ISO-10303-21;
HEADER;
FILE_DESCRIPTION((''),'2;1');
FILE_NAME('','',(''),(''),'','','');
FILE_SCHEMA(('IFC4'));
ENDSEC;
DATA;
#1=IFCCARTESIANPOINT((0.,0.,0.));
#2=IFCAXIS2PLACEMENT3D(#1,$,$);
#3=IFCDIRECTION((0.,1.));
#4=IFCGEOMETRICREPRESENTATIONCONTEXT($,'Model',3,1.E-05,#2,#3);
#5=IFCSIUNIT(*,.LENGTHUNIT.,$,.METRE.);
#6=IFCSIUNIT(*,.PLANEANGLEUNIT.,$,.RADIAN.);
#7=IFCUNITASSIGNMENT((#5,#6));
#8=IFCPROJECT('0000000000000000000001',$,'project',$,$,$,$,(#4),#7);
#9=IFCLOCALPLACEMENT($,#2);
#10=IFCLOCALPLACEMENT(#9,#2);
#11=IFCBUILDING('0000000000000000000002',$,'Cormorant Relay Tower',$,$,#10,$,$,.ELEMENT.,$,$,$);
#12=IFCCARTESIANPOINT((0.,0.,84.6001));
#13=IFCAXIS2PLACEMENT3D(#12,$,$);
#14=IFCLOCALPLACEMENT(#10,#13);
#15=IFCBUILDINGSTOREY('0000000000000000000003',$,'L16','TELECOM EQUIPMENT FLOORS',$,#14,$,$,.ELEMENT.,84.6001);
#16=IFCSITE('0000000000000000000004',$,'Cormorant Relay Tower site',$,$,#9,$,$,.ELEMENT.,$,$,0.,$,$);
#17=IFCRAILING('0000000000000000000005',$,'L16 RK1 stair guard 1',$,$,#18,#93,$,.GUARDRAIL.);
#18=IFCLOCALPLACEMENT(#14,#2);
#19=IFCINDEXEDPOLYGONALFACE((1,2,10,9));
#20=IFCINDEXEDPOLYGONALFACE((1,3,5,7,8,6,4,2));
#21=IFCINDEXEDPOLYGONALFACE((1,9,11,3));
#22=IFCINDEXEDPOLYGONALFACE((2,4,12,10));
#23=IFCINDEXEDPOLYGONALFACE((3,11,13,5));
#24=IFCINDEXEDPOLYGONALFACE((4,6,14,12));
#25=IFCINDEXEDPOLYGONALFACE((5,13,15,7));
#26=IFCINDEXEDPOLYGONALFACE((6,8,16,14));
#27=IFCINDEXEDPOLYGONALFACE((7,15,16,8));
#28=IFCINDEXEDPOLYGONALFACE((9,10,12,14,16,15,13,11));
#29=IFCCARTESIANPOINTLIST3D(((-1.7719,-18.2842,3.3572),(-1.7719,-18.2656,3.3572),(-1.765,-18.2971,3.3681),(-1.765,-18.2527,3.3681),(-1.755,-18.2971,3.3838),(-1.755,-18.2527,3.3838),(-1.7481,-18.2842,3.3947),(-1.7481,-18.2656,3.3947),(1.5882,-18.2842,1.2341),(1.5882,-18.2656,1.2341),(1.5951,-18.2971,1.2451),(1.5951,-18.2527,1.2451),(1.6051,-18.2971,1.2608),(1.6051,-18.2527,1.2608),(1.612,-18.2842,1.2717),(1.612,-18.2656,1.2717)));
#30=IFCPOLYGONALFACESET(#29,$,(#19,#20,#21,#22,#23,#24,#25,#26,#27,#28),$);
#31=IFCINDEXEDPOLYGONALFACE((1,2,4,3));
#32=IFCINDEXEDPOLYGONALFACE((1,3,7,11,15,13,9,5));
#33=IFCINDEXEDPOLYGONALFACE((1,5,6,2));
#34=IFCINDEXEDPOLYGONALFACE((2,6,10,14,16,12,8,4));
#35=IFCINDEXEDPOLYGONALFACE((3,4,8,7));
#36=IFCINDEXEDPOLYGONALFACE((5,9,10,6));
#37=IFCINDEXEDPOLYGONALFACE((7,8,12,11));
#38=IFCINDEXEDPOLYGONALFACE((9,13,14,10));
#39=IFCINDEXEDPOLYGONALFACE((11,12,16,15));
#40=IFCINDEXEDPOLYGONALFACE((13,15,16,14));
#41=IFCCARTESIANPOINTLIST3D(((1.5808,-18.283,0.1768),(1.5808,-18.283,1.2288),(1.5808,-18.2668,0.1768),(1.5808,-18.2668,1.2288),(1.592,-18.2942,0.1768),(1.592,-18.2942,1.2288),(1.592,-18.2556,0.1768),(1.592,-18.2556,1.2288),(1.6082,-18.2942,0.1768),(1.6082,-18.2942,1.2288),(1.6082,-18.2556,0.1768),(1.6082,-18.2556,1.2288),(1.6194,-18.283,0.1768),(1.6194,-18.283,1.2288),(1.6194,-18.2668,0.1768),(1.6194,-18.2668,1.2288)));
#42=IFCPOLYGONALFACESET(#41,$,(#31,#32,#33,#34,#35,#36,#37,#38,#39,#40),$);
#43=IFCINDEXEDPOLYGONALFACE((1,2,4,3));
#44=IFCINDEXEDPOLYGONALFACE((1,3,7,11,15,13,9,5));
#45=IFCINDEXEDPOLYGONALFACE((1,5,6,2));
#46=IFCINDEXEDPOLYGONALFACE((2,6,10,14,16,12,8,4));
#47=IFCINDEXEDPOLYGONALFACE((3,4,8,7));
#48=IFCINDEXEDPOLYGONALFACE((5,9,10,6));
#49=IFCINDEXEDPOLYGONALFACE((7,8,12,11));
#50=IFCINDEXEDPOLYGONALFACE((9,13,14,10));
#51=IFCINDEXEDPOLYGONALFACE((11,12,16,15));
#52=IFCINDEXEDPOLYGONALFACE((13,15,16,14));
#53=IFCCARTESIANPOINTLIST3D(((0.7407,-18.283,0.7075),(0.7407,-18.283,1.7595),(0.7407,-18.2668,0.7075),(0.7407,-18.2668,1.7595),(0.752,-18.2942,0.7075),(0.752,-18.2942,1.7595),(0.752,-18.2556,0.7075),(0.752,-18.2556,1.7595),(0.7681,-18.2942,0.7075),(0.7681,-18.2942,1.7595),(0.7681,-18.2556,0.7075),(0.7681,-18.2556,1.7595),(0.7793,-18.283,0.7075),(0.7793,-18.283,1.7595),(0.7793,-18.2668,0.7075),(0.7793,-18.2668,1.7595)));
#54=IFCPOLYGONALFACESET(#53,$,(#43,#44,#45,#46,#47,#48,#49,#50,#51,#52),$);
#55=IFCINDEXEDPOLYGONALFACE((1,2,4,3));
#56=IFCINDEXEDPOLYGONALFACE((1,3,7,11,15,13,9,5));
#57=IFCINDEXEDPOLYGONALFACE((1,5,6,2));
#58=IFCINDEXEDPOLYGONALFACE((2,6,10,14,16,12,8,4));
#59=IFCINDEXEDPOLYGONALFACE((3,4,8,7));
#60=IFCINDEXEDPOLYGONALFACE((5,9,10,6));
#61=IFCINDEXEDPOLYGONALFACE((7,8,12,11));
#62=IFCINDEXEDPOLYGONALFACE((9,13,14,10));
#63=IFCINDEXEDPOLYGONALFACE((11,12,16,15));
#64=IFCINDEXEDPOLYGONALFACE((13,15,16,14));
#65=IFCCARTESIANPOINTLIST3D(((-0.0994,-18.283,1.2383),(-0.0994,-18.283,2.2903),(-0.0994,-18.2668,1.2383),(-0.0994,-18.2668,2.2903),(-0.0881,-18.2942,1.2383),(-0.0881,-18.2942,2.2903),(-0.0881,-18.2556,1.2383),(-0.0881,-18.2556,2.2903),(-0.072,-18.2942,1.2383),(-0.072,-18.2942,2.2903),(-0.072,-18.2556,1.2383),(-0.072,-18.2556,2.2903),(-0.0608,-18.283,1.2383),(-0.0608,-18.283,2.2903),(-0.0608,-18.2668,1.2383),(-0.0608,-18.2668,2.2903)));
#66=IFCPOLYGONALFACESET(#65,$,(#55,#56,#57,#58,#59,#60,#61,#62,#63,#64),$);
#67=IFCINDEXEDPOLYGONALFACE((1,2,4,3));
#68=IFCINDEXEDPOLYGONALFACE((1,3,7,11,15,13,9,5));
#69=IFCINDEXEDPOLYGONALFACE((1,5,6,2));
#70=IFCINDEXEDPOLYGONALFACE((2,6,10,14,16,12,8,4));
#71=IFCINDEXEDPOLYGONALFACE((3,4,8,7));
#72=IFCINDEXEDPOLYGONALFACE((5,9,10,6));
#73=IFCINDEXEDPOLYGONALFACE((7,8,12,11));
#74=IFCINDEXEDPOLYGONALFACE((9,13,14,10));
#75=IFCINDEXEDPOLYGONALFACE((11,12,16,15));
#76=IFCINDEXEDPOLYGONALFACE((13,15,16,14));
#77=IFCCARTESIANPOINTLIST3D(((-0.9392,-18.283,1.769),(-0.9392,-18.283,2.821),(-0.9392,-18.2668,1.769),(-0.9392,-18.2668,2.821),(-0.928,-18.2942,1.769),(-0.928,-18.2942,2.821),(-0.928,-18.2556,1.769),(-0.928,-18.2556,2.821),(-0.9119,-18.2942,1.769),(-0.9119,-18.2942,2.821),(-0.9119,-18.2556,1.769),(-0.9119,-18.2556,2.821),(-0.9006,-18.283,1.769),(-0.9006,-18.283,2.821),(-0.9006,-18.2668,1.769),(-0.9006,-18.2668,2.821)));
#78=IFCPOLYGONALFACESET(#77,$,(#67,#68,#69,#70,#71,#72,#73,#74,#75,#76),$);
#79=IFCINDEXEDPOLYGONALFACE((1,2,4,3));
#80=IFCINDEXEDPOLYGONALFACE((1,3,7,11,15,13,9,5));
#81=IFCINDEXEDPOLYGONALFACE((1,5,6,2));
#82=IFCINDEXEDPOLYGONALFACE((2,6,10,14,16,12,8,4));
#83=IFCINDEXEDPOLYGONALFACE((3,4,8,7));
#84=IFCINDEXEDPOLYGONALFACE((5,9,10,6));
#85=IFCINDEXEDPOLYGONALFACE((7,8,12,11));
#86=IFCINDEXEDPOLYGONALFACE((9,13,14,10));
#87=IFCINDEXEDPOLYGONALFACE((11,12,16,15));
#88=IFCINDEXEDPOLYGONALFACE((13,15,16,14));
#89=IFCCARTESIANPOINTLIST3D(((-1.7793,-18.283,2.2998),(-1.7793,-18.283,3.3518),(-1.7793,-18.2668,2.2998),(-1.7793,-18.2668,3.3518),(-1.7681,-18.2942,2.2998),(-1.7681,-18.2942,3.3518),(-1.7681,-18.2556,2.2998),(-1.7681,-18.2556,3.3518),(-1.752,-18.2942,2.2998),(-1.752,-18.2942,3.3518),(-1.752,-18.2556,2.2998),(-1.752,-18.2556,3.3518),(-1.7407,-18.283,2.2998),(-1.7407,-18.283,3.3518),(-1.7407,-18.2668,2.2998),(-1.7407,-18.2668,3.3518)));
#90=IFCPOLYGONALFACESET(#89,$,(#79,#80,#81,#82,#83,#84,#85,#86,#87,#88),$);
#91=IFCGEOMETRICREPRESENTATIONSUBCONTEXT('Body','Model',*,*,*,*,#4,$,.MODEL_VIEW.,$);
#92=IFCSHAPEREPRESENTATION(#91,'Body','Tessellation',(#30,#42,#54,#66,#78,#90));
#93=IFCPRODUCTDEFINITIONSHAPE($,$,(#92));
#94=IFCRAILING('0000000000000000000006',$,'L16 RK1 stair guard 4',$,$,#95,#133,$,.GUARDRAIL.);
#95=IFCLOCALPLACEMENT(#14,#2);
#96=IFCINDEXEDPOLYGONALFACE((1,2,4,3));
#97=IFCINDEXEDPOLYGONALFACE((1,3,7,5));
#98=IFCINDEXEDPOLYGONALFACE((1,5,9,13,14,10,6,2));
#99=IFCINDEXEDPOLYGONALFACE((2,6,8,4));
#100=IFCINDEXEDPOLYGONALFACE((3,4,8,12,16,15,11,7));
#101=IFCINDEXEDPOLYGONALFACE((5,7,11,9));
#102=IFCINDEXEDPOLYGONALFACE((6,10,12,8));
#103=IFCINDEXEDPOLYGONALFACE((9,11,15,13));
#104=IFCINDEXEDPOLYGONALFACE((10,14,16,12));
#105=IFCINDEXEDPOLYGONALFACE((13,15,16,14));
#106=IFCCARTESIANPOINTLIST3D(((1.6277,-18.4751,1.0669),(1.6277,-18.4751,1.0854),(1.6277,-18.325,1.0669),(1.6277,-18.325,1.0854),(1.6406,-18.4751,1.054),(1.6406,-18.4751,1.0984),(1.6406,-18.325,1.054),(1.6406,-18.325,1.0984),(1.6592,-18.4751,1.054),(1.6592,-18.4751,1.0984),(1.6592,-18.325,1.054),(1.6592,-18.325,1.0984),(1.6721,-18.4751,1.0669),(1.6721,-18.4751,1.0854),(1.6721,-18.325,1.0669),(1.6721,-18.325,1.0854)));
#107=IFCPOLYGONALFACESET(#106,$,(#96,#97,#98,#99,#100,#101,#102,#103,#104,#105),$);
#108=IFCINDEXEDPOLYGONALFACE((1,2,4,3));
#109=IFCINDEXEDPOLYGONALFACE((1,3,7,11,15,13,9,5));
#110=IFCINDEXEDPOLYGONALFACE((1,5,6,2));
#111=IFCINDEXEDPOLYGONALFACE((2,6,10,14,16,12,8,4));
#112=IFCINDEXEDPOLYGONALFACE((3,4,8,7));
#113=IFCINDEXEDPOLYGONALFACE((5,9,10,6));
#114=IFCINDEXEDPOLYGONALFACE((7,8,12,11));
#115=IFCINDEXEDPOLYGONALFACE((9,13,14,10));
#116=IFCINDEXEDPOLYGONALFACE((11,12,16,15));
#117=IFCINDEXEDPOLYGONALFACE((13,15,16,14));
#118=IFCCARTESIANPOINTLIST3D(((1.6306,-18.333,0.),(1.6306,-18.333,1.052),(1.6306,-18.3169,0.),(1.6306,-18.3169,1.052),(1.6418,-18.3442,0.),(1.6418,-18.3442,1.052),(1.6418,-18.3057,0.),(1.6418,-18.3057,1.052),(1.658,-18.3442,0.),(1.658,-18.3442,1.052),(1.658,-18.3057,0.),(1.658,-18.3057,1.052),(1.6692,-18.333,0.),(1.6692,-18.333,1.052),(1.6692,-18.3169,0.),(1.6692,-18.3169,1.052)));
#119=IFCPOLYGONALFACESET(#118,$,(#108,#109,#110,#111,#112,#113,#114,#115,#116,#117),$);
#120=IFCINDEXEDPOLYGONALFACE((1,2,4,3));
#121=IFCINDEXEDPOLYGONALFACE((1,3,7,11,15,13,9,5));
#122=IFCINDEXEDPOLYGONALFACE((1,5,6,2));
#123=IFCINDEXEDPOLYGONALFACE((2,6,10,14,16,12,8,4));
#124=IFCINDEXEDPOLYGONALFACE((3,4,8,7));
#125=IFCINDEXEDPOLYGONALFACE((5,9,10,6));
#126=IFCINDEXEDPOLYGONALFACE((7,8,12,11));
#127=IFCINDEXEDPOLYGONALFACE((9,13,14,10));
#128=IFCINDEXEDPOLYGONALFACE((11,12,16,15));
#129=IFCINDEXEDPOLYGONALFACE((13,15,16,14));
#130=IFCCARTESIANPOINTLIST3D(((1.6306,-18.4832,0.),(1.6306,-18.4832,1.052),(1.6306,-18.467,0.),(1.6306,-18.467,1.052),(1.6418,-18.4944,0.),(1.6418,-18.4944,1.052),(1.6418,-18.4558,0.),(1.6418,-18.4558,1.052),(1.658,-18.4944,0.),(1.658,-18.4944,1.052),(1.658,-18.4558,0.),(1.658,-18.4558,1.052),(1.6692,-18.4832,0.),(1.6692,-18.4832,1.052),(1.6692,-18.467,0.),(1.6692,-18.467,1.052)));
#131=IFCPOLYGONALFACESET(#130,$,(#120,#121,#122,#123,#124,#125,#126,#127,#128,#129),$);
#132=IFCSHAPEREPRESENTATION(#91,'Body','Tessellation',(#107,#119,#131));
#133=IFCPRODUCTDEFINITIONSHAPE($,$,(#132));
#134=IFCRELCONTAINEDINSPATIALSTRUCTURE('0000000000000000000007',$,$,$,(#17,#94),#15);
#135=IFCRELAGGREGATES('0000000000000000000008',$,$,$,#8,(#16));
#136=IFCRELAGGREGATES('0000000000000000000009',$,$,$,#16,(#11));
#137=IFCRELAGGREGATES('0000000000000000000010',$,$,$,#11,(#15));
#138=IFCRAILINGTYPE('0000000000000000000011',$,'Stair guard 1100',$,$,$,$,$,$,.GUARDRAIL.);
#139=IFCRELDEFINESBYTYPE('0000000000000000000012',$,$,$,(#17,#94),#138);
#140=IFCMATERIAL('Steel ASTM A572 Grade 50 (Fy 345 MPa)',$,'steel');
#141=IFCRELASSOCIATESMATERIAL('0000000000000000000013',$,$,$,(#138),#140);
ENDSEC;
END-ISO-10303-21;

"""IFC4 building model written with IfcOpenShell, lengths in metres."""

from ifc_helpers import new_model, si_unit, direction, frame, origin, place, context, subcontext, project, spatial, polyline, outline, extrude, material, type_object, element, save


model = new_model("IFC4")

# Units and contexts
model_context = context("Model", 3, precision=1e-05, world=origin(), true_north=direction((0.0, 1.0)))
body_context = subcontext(model_context, "Body", "Model", "MODEL_VIEW")
ifc_project = project(units=[si_unit("LENGTHUNIT", "METRE"), si_unit("PLANEANGLEUNIT", "RADIAN")], contexts=[model_context])

# Site, building, storey
site_placement = place(None, origin())
site = spatial("IfcSite", under=ifc_project, at=site_placement, Name="Cormorant Relay Tower site", CompositionType="ELEMENT", RefElevation=0.0)
building_placement = place(site_placement, origin())
building = spatial("IfcBuilding", under=site, at=building_placement, Name="Cormorant Relay Tower", CompositionType="ELEMENT")
storey_placement = place(building_placement, frame((0.0, 0.0, 84.6001)))
storey = spatial("IfcBuildingStorey", under=building, at=storey_placement, Name="L16", Description="TELECOM EQUIPMENT FLOORS", CompositionType="ELEMENT", Elevation=84.6001)

# Railings
ifc_material_1 = material(Name="Steel ASTM A572 Grade 50 (Fy 345 MPa)", Category="steel")
railing_type_1 = type_object("IfcRailingType", Name="Stair guard 1100", PredefinedType="GUARDRAIL", material=ifc_material_1)
railing_1_placement = place(storey_placement, frame((1.6001, -18.2749, 0.1768)))
element("IfcRailing", 1, at=railing_1_placement, inside=storey, type_object=railing_type_1, Name="L16 RK1 stair guard 1", PredefinedType="GUARDRAIL", context=body_context, shape_type="SweptSolid", body=[
    extrude(outline(polyline([(0.0222, 0.0093), (0.0093, 0.0222), (-0.0093, 0.0222), (-0.0222, 0.0093), (-0.0222, -0.0093), (-0.0093, -0.0222), (0.0093, -0.0222), (0.0222, -0.0093), (0.0222, 0.0093)])), frame((0.0, 0.0, 1.0762), z_axis=(-0.84539, 0.0, 0.53415), x_axis=(0.0, -1.0, 0.0)), (0.0, 0.0, 1.0), 3.9746),
    extrude(outline(polyline([(0.0193, 0.0081), (0.0081, 0.0193), (-0.0081, 0.0193), (-0.0193, 0.0081), (-0.0193, -0.0081), (-0.0081, -0.0193), (0.0081, -0.0193), (0.0193, -0.0081), (0.0193, 0.0081)])), origin(), (0.0, 0.0, 1.0), 1.052),
    extrude(outline(polyline([(0.0193, 0.0081), (0.0081, 0.0193), (-0.0081, 0.0193), (-0.0193, 0.0081), (-0.0193, -0.0081), (-0.0081, -0.0193), (0.0081, -0.0193), (0.0193, -0.0081), (0.0193, 0.0081)])), frame((-0.8401, 0.0, 0.5308)), (0.0, 0.0, 1.0), 1.052),
    extrude(outline(polyline([(0.0193, 0.0081), (0.0081, 0.0193), (-0.0081, 0.0193), (-0.0193, 0.0081), (-0.0193, -0.0081), (-0.0081, -0.0193), (0.0081, -0.0193), (0.0193, -0.0081), (0.0193, 0.0081)])), frame((-1.6802, 0.0, 1.0615)), (0.0, 0.0, 1.0), 1.052),
    extrude(outline(polyline([(0.0193, 0.0081), (0.0081, 0.0193), (-0.0081, 0.0193), (-0.0193, 0.0081), (-0.0193, -0.0081), (-0.0081, -0.0193), (0.0081, -0.0193), (0.0193, -0.0081), (0.0193, 0.0081)])), frame((-2.52, 0.0, 1.5923)), (0.0, 0.0, 1.0), 1.052),
    extrude(outline(polyline([(0.0193, 0.0081), (0.0081, 0.0193), (-0.0081, 0.0193), (-0.0193, 0.0081), (-0.0193, -0.0081), (-0.0081, -0.0193), (0.0081, -0.0193), (0.0193, -0.0081), (0.0193, 0.0081)])), frame((-3.3601, 0.0, 2.123)), (0.0, 0.0, 1.0), 1.052),
])
railing_2_placement = place(storey_placement, frame((1.6499, -18.325, 0.0)))
element("IfcRailing", 2, at=railing_2_placement, inside=storey, type_object=railing_type_1, Name="L16 RK1 stair guard 4", PredefinedType="GUARDRAIL", context=body_context, shape_type="SweptSolid", body=[
    extrude(outline(polyline([(0.0222, 0.0093), (0.0093, 0.0222), (-0.0093, 0.0222), (-0.0222, 0.0093), (-0.0222, -0.0093), (-0.0093, -0.0222), (0.0093, -0.0222), (0.0222, -0.0093), (0.0222, 0.0093)])), frame((0.0, 0.0, 1.0762), z_axis=(0.0, -1.0, 0.0), x_axis=(1.0, 0.0, 0.0)), (0.0, 0.0, 1.0), 0.1501),
    extrude(outline(polyline([(0.0193, 0.0081), (0.0081, 0.0193), (-0.0081, 0.0193), (-0.0193, 0.0081), (-0.0193, -0.0081), (-0.0081, -0.0193), (0.0081, -0.0193), (0.0193, -0.0081), (0.0193, 0.0081)])), origin(), (0.0, 0.0, 1.0), 1.052),
    extrude(outline(polyline([(0.0193, 0.0081), (0.0081, 0.0193), (-0.0081, 0.0193), (-0.0193, 0.0081), (-0.0193, -0.0081), (-0.0081, -0.0193), (0.0081, -0.0193), (0.0193, -0.0081), (0.0193, 0.0081)])), frame((0.0, -0.1501, 0.0)), (0.0, 0.0, 1.0), 1.052),
])

save(model, "model.ifc")
